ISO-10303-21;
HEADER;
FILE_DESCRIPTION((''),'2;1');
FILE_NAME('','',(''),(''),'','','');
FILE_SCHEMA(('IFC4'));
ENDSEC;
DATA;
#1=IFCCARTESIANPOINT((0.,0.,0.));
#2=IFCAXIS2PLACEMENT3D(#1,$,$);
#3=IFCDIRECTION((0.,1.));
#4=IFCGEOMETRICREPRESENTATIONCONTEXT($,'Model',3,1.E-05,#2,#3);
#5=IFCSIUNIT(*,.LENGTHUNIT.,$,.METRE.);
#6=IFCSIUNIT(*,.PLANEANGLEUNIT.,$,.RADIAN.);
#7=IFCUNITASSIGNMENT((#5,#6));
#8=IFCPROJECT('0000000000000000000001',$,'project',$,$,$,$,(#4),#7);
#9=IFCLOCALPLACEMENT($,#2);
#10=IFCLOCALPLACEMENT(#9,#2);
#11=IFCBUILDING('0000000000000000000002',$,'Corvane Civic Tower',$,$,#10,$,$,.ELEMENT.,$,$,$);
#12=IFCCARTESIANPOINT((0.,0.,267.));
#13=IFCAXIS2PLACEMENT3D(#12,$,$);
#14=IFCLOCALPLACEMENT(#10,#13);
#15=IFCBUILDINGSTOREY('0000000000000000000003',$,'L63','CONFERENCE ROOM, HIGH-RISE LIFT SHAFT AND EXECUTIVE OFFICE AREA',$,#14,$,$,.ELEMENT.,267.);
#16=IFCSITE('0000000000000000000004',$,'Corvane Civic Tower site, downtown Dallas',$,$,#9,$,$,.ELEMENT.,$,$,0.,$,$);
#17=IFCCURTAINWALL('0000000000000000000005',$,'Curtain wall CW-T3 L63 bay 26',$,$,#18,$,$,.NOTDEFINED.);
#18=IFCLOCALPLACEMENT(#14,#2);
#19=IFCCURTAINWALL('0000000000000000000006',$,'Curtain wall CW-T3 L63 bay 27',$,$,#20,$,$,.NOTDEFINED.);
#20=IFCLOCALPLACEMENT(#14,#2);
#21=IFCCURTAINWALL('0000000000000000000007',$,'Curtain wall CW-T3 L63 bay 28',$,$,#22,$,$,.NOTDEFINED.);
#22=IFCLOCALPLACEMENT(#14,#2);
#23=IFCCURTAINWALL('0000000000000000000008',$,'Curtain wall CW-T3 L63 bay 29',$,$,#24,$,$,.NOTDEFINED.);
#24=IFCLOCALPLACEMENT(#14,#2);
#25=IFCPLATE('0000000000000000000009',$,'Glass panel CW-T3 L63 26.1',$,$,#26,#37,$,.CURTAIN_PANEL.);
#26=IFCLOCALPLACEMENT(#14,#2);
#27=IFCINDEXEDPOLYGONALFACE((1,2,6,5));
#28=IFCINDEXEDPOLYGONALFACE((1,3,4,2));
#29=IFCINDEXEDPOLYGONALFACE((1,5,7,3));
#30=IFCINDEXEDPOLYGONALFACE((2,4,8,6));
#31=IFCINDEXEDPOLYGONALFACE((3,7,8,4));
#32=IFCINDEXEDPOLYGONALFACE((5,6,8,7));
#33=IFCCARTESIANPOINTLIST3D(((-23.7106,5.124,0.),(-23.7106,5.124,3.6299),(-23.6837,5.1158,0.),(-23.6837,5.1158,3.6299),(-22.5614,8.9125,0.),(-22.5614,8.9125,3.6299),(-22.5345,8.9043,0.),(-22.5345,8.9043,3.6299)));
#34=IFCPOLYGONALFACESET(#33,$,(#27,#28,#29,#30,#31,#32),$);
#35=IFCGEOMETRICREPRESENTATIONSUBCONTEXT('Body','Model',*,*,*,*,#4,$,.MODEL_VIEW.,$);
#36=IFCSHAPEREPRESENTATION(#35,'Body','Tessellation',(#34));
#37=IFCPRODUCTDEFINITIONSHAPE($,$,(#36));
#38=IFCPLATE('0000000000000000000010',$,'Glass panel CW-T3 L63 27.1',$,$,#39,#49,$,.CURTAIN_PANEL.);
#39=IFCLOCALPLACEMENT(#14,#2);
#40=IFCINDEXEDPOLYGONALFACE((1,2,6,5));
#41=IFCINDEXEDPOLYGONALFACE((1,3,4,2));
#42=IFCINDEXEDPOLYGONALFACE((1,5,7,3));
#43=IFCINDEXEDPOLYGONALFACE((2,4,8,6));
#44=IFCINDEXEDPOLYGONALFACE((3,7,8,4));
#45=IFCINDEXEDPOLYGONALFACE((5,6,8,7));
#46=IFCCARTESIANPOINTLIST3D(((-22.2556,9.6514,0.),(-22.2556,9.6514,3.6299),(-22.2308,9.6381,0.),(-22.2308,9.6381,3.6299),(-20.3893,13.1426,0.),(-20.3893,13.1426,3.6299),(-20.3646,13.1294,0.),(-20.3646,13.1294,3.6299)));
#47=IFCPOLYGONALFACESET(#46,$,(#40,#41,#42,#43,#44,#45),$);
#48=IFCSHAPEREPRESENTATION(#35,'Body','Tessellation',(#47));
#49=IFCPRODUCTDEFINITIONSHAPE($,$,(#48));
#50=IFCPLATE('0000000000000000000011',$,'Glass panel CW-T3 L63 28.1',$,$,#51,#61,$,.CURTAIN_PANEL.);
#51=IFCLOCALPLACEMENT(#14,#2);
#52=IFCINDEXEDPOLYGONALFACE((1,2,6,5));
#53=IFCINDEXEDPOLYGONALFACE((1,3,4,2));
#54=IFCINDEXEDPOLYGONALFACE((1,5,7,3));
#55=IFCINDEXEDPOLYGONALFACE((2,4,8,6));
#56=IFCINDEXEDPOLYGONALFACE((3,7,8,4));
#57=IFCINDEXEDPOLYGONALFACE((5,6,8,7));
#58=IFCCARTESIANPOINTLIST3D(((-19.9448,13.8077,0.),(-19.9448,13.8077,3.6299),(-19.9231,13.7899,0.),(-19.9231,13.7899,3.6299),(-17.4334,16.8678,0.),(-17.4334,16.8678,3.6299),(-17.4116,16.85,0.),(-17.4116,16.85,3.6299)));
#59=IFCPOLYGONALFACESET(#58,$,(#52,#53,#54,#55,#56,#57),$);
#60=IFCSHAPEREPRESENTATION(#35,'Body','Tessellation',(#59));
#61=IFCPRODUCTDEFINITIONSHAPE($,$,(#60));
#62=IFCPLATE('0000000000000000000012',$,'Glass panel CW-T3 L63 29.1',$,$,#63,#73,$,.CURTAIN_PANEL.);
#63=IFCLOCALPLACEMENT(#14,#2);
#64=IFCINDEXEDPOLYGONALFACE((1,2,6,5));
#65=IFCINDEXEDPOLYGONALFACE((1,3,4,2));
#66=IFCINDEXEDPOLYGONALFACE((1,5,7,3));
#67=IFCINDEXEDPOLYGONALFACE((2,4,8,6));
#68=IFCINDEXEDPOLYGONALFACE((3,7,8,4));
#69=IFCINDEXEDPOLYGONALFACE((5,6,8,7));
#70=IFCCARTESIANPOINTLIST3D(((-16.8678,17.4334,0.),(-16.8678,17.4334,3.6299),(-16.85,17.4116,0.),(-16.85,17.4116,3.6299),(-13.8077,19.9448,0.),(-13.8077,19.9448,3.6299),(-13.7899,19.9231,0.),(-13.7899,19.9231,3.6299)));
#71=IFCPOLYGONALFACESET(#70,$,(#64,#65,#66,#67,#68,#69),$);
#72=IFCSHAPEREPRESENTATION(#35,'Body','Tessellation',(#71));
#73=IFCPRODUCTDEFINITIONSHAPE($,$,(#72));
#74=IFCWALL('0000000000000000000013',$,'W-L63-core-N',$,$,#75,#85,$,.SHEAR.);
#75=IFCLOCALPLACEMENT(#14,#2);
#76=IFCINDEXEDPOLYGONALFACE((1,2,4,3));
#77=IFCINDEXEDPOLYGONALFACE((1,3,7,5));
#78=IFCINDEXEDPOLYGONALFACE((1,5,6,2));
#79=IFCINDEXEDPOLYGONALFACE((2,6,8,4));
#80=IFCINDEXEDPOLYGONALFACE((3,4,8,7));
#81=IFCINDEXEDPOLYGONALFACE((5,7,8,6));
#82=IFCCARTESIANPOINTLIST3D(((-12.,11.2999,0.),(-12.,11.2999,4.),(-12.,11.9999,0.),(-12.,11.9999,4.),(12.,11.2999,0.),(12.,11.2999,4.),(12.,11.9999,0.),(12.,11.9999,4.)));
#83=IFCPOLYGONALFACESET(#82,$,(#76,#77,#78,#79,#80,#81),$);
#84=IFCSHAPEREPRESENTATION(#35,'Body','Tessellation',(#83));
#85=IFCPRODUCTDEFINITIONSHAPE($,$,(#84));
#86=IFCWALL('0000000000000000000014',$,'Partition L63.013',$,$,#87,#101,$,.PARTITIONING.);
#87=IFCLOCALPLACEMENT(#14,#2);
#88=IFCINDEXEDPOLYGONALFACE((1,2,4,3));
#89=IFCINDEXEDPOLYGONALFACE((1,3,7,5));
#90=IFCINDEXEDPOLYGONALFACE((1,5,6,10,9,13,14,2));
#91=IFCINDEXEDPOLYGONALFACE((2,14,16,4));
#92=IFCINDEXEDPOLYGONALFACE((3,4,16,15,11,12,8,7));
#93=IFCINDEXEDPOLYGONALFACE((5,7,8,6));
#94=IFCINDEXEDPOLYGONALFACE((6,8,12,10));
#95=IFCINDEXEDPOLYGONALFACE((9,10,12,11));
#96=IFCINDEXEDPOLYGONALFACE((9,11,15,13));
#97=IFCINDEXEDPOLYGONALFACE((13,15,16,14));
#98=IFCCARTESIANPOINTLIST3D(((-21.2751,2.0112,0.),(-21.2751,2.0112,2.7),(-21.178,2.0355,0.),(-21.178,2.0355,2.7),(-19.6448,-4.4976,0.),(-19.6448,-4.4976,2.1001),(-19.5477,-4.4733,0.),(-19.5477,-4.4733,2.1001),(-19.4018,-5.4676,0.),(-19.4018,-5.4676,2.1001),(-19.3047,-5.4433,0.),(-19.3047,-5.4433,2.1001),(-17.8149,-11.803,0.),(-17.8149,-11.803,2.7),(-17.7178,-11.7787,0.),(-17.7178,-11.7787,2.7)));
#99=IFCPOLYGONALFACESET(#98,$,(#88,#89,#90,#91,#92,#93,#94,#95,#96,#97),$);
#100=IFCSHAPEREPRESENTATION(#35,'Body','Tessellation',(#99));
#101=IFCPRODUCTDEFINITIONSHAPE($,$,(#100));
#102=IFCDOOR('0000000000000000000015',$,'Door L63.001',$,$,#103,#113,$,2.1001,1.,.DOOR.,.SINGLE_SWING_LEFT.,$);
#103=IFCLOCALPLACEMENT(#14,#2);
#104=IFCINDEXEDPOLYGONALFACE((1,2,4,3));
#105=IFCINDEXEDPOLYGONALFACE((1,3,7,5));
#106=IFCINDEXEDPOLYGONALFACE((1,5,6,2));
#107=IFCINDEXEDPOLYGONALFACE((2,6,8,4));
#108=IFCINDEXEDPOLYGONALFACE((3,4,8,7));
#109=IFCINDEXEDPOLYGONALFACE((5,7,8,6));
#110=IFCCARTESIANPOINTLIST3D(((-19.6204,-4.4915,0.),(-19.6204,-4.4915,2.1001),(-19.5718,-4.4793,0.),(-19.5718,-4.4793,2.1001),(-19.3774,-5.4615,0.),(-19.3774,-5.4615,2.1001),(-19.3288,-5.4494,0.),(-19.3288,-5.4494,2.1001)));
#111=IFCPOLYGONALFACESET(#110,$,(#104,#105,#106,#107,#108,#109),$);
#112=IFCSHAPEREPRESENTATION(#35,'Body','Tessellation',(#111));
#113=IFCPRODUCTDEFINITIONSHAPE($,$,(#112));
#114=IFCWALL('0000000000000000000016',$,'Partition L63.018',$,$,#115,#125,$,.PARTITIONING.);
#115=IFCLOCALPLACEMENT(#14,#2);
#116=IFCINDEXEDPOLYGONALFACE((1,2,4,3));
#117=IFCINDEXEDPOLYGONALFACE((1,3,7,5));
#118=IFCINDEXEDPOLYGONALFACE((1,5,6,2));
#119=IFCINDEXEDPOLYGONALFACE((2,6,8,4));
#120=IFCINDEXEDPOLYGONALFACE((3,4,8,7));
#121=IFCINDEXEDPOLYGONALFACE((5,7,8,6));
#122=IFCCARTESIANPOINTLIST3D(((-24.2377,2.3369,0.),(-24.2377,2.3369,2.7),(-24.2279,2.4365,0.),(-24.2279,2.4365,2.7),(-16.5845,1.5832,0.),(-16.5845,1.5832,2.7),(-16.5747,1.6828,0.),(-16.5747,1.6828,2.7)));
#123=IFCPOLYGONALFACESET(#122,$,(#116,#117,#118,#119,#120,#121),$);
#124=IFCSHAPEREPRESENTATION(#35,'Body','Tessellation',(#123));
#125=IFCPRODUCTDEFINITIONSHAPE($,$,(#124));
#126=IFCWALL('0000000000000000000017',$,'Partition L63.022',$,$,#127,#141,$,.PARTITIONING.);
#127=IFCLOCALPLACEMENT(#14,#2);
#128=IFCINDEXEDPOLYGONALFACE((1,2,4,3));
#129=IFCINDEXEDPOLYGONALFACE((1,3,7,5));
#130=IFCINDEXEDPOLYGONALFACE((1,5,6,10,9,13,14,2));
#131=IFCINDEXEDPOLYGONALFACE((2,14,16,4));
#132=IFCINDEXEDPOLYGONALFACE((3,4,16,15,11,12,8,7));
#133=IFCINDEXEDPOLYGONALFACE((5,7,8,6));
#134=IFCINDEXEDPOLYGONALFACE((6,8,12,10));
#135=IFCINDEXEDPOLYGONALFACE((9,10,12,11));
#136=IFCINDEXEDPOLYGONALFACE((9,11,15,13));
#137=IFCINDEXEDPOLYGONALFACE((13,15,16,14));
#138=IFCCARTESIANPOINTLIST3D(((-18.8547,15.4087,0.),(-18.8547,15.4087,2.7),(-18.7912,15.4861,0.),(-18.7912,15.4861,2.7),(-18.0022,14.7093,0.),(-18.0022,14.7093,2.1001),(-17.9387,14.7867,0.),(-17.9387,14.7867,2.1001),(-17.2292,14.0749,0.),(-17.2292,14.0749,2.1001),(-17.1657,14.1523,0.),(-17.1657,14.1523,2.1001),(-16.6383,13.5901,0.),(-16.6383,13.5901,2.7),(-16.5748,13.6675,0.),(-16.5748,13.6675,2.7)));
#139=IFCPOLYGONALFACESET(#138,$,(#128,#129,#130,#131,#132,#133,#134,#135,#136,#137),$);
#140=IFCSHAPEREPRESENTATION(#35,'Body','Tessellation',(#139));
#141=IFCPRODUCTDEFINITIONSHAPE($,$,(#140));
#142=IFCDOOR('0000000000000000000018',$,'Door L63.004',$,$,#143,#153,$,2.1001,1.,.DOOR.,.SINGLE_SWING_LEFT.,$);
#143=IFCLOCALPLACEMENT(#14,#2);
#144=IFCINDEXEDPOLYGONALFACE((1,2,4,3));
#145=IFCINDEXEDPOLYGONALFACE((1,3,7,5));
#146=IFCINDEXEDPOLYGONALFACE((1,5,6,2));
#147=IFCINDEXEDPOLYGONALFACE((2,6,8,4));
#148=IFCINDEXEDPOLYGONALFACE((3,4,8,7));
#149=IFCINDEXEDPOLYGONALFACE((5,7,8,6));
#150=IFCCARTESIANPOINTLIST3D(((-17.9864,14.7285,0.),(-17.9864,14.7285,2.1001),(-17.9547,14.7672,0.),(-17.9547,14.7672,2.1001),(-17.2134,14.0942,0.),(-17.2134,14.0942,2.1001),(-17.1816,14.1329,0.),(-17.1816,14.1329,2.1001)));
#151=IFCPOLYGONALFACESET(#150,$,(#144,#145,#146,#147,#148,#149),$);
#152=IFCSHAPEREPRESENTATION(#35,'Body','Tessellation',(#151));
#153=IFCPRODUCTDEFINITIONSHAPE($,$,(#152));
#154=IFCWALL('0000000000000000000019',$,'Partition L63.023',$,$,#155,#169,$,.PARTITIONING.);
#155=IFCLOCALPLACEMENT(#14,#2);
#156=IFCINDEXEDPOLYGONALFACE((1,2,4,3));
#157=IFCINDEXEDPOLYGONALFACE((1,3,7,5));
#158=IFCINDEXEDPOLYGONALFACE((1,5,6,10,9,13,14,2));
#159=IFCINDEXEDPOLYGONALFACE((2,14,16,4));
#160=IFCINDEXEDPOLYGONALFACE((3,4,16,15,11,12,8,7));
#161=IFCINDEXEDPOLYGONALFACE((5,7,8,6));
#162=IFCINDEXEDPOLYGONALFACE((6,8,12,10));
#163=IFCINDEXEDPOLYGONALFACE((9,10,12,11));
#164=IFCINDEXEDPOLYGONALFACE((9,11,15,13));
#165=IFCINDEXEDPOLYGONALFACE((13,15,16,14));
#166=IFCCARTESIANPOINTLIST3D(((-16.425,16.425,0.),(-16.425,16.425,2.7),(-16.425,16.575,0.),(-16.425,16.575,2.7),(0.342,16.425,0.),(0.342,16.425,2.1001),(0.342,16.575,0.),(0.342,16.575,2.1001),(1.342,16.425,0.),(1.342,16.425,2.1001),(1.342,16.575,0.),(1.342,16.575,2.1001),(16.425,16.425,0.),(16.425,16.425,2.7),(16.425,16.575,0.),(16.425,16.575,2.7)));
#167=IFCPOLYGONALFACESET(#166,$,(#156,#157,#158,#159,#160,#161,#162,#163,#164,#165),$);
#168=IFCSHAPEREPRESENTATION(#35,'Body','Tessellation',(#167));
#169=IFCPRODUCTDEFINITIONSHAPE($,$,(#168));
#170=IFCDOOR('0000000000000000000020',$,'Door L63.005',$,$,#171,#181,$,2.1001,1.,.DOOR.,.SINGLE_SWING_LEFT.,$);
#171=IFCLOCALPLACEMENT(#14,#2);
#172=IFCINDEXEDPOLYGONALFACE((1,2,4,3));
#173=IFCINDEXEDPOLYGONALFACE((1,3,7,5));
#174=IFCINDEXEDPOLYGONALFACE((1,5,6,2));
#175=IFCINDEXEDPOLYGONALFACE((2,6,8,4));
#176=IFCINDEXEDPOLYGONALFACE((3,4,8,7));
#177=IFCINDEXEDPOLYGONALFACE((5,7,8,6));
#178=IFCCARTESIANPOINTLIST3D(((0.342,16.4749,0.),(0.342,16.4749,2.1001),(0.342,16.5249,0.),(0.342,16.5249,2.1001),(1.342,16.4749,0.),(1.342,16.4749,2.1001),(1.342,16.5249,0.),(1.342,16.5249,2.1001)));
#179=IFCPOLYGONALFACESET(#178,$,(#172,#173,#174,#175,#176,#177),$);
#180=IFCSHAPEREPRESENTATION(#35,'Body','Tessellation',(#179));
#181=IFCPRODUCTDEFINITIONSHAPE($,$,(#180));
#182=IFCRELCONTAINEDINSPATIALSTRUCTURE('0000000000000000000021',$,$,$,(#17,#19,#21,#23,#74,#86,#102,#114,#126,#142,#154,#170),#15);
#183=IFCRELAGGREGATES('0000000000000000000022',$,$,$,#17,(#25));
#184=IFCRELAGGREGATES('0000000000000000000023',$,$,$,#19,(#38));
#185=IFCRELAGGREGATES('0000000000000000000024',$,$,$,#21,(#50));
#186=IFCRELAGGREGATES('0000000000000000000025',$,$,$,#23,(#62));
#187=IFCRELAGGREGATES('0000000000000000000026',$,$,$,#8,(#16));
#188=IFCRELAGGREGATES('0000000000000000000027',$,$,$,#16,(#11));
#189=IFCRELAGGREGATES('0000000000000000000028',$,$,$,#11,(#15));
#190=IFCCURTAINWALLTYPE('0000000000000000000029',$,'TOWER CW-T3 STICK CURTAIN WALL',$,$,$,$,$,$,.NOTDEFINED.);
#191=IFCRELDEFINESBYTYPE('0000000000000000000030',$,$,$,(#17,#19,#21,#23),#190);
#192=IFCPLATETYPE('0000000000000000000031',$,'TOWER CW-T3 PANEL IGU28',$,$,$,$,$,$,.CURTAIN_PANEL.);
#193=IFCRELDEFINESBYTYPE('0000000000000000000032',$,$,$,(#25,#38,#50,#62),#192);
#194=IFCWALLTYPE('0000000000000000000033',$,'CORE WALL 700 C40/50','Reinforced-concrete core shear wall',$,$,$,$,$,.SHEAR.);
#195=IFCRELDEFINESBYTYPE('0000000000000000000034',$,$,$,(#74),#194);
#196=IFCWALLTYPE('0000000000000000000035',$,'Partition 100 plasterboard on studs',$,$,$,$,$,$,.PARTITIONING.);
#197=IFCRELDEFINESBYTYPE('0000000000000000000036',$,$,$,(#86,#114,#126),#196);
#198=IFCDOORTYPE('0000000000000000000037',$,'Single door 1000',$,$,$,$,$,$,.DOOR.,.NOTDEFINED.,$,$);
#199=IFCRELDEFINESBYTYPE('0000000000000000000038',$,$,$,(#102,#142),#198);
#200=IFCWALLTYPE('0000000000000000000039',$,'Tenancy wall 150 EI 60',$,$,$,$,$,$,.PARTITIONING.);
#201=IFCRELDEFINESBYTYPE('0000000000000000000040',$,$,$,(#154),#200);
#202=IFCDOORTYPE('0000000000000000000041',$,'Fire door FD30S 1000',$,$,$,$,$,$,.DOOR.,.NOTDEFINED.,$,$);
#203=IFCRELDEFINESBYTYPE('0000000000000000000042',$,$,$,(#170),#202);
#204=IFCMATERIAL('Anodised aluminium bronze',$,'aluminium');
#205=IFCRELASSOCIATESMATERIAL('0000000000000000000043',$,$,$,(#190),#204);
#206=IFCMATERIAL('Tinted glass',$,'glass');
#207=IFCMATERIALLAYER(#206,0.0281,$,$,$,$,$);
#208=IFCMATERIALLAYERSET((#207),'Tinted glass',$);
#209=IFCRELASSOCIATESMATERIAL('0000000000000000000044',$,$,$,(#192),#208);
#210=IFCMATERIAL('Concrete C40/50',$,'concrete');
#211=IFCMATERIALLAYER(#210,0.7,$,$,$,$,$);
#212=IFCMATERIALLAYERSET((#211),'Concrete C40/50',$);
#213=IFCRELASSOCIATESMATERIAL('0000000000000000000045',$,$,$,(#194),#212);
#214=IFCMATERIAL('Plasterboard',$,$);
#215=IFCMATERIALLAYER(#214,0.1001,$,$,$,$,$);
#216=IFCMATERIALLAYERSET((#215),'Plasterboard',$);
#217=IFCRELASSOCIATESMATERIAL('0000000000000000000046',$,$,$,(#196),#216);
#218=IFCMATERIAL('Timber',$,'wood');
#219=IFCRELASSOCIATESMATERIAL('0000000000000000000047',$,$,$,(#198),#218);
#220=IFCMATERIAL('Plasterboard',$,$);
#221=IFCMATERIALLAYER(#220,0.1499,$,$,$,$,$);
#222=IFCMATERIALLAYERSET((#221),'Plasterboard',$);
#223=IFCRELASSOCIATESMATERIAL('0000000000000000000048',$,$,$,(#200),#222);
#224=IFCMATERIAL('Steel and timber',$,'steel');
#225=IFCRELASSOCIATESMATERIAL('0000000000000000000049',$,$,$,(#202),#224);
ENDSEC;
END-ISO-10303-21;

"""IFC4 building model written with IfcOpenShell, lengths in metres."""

from ifc_helpers import new_model, si_unit, direction, frame, frame_2d, origin, origin_2d, place, context, subcontext, project, spatial, rectangle, extrude, material, layer, layer_set, type_object, element, fill, aggregate, save


model = new_model("IFC4")

# Units and contexts
model_context = context("Model", 3, precision=1e-05, world=origin(), true_north=direction((0.0, 1.0)))
body_context = subcontext(model_context, "Body", "Model", "MODEL_VIEW")
ifc_project = project(units=[si_unit("LENGTHUNIT", "METRE"), si_unit("PLANEANGLEUNIT", "RADIAN")], contexts=[model_context])

# Site, building, storey
site_placement = place(None, origin())
site = spatial("IfcSite", under=ifc_project, at=site_placement, Name="Corvane Civic Tower site, downtown Dallas", CompositionType="ELEMENT", RefElevation=0.0)
building_placement = place(site_placement, origin())
building = spatial("IfcBuilding", under=site, at=building_placement, Name="Corvane Civic Tower", CompositionType="ELEMENT")
storey_placement = place(building_placement, frame((0.0, 0.0, 267.0)))
storey = spatial("IfcBuildingStorey", under=building, at=storey_placement, Name="L63", Description="CONFERENCE ROOM, HIGH-RISE LIFT SHAFT AND EXECUTIVE OFFICE AREA", CompositionType="ELEMENT", Elevation=267.0)

# Curtain walls
ifc_material_1 = material(Name="Anodised aluminium bronze", Category="aluminium")
curtain_wall_type = type_object("IfcCurtainWallType", Name="TOWER CW-T3 STICK CURTAIN WALL", PredefinedType="NOTDEFINED", material=ifc_material_1)
curtain_wall_1_placement = place(storey_placement, origin())
curtain_wall_1 = element("IfcCurtainWall", 1, at=curtain_wall_1_placement, inside=storey, type_object=curtain_wall_type, Name="Curtain wall CW-T3 L63 bay 26", PredefinedType="NOTDEFINED")
curtain_wall_2_placement = place(storey_placement, origin())
curtain_wall_2 = element("IfcCurtainWall", 2, at=curtain_wall_2_placement, inside=storey, type_object=curtain_wall_type, Name="Curtain wall CW-T3 L63 bay 27", PredefinedType="NOTDEFINED")
curtain_wall_3_placement = place(storey_placement, origin())
curtain_wall_3 = element("IfcCurtainWall", 3, at=curtain_wall_3_placement, inside=storey, type_object=curtain_wall_type, Name="Curtain wall CW-T3 L63 bay 28", PredefinedType="NOTDEFINED")
curtain_wall_4_placement = place(storey_placement, origin())
curtain_wall_4 = element("IfcCurtainWall", 4, at=curtain_wall_4_placement, inside=storey, type_object=curtain_wall_type, Name="Curtain wall CW-T3 L63 bay 29", PredefinedType="NOTDEFINED")

# Plates
ifc_material_2 = material(Name="Tinted glass", Category="glass")
ifc_layer_1 = layer(ifc_material_2, 0.0281)
ifc_layer_set_1 = layer_set([ifc_layer_1], Name="Tinted glass")
plate_type = type_object("IfcPlateType", Name="TOWER CW-T3 PANEL IGU28", PredefinedType="CURTAIN_PANEL", material=ifc_layer_set_1)
plate_1_placement = place(storey_placement, frame((-23.1226, 7.0142, 0.0), z_axis=(0.0, 0.0, 1.0), x_axis=(0.290274, 0.956944, 0.0)))
plate_1 = element("IfcPlate", 5, at=plate_1_placement, type_object=plate_type, Name="Glass panel CW-T3 L63 26.1", PredefinedType="CURTAIN_PANEL", context=body_context, shape_type="SweptSolid", body=[
    extrude(rectangle(XDim=3.959, YDim=0.0281, at=origin_2d()), origin(), (0.0, 0.0, 1.0), 3.6299),
])
aggregate(curtain_wall_1, [plate_1])
plate_2_placement = place(storey_placement, frame((-21.3101, 11.3904, 0.0), z_axis=(0.0, 0.0, 1.0), x_axis=(0.471421, 0.881908, 0.0)))
plate_2 = element("IfcPlate", 6, at=plate_2_placement, type_object=plate_type, Name="Glass panel CW-T3 L63 27.1", PredefinedType="CURTAIN_PANEL", context=body_context, shape_type="SweptSolid", body=[
    extrude(rectangle(XDim=3.9587, YDim=0.0281, at=origin_2d()), origin(), (0.0, 0.0, 1.0), 3.6299),
])
aggregate(curtain_wall_2, [plate_2])
plate_3_placement = place(storey_placement, frame((-18.6782, 15.3289, 0.0), z_axis=(0.0, 0.0, 1.0), x_axis=(0.634405, 0.773001, 0.0)))
plate_3 = element("IfcPlate", 7, at=plate_3_placement, type_object=plate_type, Name="Glass panel CW-T3 L63 28.1", PredefinedType="CURTAIN_PANEL", context=body_context, shape_type="SweptSolid", body=[
    extrude(rectangle(XDim=3.9587, YDim=0.0281, at=origin_2d()), origin(), (0.0, 0.0, 1.0), 3.6299),
])
aggregate(curtain_wall_3, [plate_3])
plate_4_placement = place(storey_placement, frame((-15.3289, 18.6782, 0.0), z_axis=(0.0, 0.0, 1.0), x_axis=(0.773001, 0.634405, 0.0)))
plate_4 = element("IfcPlate", 8, at=plate_4_placement, type_object=plate_type, Name="Glass panel CW-T3 L63 29.1", PredefinedType="CURTAIN_PANEL", context=body_context, shape_type="SweptSolid", body=[
    extrude(rectangle(XDim=3.9587, YDim=0.0281, at=origin_2d()), origin(), (0.0, 0.0, 1.0), 3.6299),
])
aggregate(curtain_wall_4, [plate_4])

# Wall
ifc_material_3 = material(Name="Concrete C40/50", Category="concrete")
ifc_layer_2 = layer(ifc_material_3, 0.7)
ifc_layer_set_2 = layer_set([ifc_layer_2], Name="Concrete C40/50")
wall_type_1 = type_object("IfcWallType", Name="CORE WALL 700 C40/50", Description="Reinforced-concrete core shear wall", PredefinedType="SHEAR", material=ifc_layer_set_2)
wall_1_placement = place(storey_placement, frame((-12.0, 11.6499, 0.0), z_axis=(0.0, 0.0, 1.0), x_axis=(1.0, 0.0, 0.0)))
element("IfcWall", 9, at=wall_1_placement, inside=storey, type_object=wall_type_1, Name="W-L63-core-N", PredefinedType="SHEAR", context=body_context, shape_type="SweptSolid", body=[
    extrude(rectangle(XDim=24.0, YDim=0.7, at=frame_2d((12.0, 0.0))), origin(), (0.0, 0.0, 1.0), 4.0),
])

# Wall, opening, door
ifc_material_4 = material(Name="Plasterboard")
ifc_layer_3 = layer(ifc_material_4, 0.1001)
ifc_layer_set_3 = layer_set([ifc_layer_3], Name="Plasterboard")
wall_type_2 = type_object("IfcWallType", Name="Partition 100 plasterboard on studs", PredefinedType="PARTITIONING", material=ifc_layer_set_3)
wall_2_placement = place(storey_placement, frame((-21.2266, 2.0234, 0.0), z_axis=(0.0, 0.0, 1.0), x_axis=(0.242975, -0.970032, 0.0)))
wall_2 = element("IfcWall", 10, at=wall_2_placement, inside=storey, type_object=wall_type_2, Name="Partition L63.013", PredefinedType="PARTITIONING", context=body_context, shape_type="SweptSolid", body=[
    extrude(rectangle(XDim=14.241, YDim=0.1001, at=frame_2d((7.1206, 0.0))), origin(), (0.0, 0.0, 1.0), 2.7),
])
opening_1_placement = place(wall_2_placement, frame((6.71, 0.0, 0.0)))
opening_1 = element("IfcOpeningElement", 11, at=opening_1_placement, cuts=wall_2, PredefinedType="OPENING", context=body_context, shape_type="SweptSolid", body=[
    extrude(rectangle(XDim=1.0, YDim=2.1001, at=frame_2d((0.5, 1.05))), frame((0.0, 0.0601, 0.0), z_axis=(0.0, -1.0, 0.0), x_axis=(1.0, 0.0, 0.0)), (0.0, 0.0, 1.0), 0.1201),
])
ifc_material_5 = material(Name="Timber", Category="wood")
door_type_1 = type_object("IfcDoorType", Name="Single door 1000", OperationType="NOTDEFINED", PredefinedType="DOOR", material=ifc_material_5)
door_1_placement = place(opening_1_placement, frame((1.0, 0.0, 0.0), z_axis=(0.0, 0.0, 1.0), x_axis=(-1.0, 0.0, 0.0)))
door_1 = element("IfcDoor", 12, at=door_1_placement, inside=storey, type_object=door_type_1, Name="Door L63.001", OperationType="SINGLE_SWING_LEFT", OverallHeight=2.1001, OverallWidth=1.0, PredefinedType="DOOR", context=body_context, shape_type="SweptSolid", body=[
    extrude(rectangle(XDim=1.0, YDim=2.1001, at=frame_2d((0.5, 1.05))), frame((0.0, 0.0249, 0.0), z_axis=(0.0, -1.0, 0.0), x_axis=(1.0, 0.0, 0.0)), (0.0, 0.0, 1.0), 0.05),
])
fill(opening_1, door_1)

# Wall
wall_3_placement = place(storey_placement, frame((-24.2329, 2.3867, 0.0), z_axis=(0.0, 0.0, 1.0), x_axis=(0.995186, -0.098004, 0.0)))
element("IfcWall", 13, at=wall_3_placement, inside=storey, type_object=wall_type_2, Name="Partition L63.018", PredefinedType="PARTITIONING", context=body_context, shape_type="SweptSolid", body=[
    extrude(rectangle(XDim=7.6902, YDim=0.1001, at=frame_2d((3.8452, 0.0))), origin(), (0.0, 0.0, 1.0), 2.7),
])

# Walls, openings, doors
wall_4_placement = place(storey_placement, frame((-18.823, 15.4475, 0.0), z_axis=(0.0, 0.0, 1.0), x_axis=(0.773057, -0.634336, 0.0)))
wall_4 = element("IfcWall", 14, at=wall_4_placement, inside=storey, type_object=wall_type_2, Name="Partition L63.022", PredefinedType="PARTITIONING", context=body_context, shape_type="SweptSolid", body=[
    extrude(rectangle(XDim=2.8669, YDim=0.1001, at=frame_2d((1.4336, 0.0))), origin(), (0.0, 0.0, 1.0), 2.7),
])
opening_2_placement = place(wall_4_placement, frame((1.1028, 0.0, 0.0)))
opening_2 = element("IfcOpeningElement", 15, at=opening_2_placement, cuts=wall_4, PredefinedType="OPENING", context=body_context, shape_type="SweptSolid", body=[
    extrude(rectangle(XDim=1.0, YDim=2.1001, at=frame_2d((0.5, 1.05))), frame((0.0, 0.0601, 0.0), z_axis=(0.0, -1.0, 0.0), x_axis=(1.0, 0.0, 0.0)), (0.0, 0.0, 1.0), 0.1201),
])
door_2_placement = place(opening_2_placement, origin())
door_2 = element("IfcDoor", 16, at=door_2_placement, inside=storey, type_object=door_type_1, Name="Door L63.004", OperationType="SINGLE_SWING_LEFT", OverallHeight=2.1001, OverallWidth=1.0, PredefinedType="DOOR", context=body_context, shape_type="SweptSolid", body=[
    extrude(rectangle(XDim=1.0, YDim=2.1001, at=frame_2d((0.5, 1.05))), frame((0.0, 0.0249, 0.0), z_axis=(0.0, -1.0, 0.0), x_axis=(1.0, 0.0, 0.0)), (0.0, 0.0, 1.0), 0.05),
])
fill(opening_2, door_2)
ifc_material_6 = material(Name="Plasterboard")
ifc_layer_4 = layer(ifc_material_6, 0.1499)
ifc_layer_set_4 = layer_set([ifc_layer_4], Name="Plasterboard")
wall_type_3 = type_object("IfcWallType", Name="Tenancy wall 150 EI 60", PredefinedType="PARTITIONING", material=ifc_layer_set_4)
wall_5_placement = place(storey_placement, frame((-16.425, 16.5, 0.0), z_axis=(0.0, 0.0, 1.0), x_axis=(1.0, 0.0, 0.0)))
wall_5 = element("IfcWall", 17, at=wall_5_placement, inside=storey, type_object=wall_type_3, Name="Partition L63.023", PredefinedType="PARTITIONING", context=body_context, shape_type="SweptSolid", body=[
    extrude(rectangle(XDim=32.8501, YDim=0.1499, at=frame_2d((16.425, 0.0))), origin(), (0.0, 0.0, 1.0), 2.7),
])
opening_3_placement = place(wall_5_placement, frame((16.7671, 0.0, 0.0)))
opening_3 = element("IfcOpeningElement", 18, at=opening_3_placement, cuts=wall_5, PredefinedType="OPENING", context=body_context, shape_type="SweptSolid", body=[
    extrude(rectangle(XDim=1.0, YDim=2.1001, at=frame_2d((0.5, 1.05))), frame((0.0, 0.085, 0.0), z_axis=(0.0, -1.0, 0.0), x_axis=(1.0, 0.0, 0.0)), (0.0, 0.0, 1.0), 0.1699),
])
ifc_material_7 = material(Name="Steel and timber", Category="steel")
door_type_2 = type_object("IfcDoorType", Name="Fire door FD30S 1000", OperationType="NOTDEFINED", PredefinedType="DOOR", material=ifc_material_7)
door_3_placement = place(opening_3_placement, origin())
door_3 = element("IfcDoor", 19, at=door_3_placement, inside=storey, type_object=door_type_2, Name="Door L63.005", OperationType="SINGLE_SWING_LEFT", OverallHeight=2.1001, OverallWidth=1.0, PredefinedType="DOOR", context=body_context, shape_type="SweptSolid", body=[
    extrude(rectangle(XDim=1.0, YDim=2.1001, at=frame_2d((0.5, 1.05))), frame((0.0, 0.0249, 0.0), z_axis=(0.0, -1.0, 0.0), x_axis=(1.0, 0.0, 0.0)), (0.0, 0.0, 1.0), 0.05),
])
fill(opening_3, door_3)

save(model, "model.ifc")
